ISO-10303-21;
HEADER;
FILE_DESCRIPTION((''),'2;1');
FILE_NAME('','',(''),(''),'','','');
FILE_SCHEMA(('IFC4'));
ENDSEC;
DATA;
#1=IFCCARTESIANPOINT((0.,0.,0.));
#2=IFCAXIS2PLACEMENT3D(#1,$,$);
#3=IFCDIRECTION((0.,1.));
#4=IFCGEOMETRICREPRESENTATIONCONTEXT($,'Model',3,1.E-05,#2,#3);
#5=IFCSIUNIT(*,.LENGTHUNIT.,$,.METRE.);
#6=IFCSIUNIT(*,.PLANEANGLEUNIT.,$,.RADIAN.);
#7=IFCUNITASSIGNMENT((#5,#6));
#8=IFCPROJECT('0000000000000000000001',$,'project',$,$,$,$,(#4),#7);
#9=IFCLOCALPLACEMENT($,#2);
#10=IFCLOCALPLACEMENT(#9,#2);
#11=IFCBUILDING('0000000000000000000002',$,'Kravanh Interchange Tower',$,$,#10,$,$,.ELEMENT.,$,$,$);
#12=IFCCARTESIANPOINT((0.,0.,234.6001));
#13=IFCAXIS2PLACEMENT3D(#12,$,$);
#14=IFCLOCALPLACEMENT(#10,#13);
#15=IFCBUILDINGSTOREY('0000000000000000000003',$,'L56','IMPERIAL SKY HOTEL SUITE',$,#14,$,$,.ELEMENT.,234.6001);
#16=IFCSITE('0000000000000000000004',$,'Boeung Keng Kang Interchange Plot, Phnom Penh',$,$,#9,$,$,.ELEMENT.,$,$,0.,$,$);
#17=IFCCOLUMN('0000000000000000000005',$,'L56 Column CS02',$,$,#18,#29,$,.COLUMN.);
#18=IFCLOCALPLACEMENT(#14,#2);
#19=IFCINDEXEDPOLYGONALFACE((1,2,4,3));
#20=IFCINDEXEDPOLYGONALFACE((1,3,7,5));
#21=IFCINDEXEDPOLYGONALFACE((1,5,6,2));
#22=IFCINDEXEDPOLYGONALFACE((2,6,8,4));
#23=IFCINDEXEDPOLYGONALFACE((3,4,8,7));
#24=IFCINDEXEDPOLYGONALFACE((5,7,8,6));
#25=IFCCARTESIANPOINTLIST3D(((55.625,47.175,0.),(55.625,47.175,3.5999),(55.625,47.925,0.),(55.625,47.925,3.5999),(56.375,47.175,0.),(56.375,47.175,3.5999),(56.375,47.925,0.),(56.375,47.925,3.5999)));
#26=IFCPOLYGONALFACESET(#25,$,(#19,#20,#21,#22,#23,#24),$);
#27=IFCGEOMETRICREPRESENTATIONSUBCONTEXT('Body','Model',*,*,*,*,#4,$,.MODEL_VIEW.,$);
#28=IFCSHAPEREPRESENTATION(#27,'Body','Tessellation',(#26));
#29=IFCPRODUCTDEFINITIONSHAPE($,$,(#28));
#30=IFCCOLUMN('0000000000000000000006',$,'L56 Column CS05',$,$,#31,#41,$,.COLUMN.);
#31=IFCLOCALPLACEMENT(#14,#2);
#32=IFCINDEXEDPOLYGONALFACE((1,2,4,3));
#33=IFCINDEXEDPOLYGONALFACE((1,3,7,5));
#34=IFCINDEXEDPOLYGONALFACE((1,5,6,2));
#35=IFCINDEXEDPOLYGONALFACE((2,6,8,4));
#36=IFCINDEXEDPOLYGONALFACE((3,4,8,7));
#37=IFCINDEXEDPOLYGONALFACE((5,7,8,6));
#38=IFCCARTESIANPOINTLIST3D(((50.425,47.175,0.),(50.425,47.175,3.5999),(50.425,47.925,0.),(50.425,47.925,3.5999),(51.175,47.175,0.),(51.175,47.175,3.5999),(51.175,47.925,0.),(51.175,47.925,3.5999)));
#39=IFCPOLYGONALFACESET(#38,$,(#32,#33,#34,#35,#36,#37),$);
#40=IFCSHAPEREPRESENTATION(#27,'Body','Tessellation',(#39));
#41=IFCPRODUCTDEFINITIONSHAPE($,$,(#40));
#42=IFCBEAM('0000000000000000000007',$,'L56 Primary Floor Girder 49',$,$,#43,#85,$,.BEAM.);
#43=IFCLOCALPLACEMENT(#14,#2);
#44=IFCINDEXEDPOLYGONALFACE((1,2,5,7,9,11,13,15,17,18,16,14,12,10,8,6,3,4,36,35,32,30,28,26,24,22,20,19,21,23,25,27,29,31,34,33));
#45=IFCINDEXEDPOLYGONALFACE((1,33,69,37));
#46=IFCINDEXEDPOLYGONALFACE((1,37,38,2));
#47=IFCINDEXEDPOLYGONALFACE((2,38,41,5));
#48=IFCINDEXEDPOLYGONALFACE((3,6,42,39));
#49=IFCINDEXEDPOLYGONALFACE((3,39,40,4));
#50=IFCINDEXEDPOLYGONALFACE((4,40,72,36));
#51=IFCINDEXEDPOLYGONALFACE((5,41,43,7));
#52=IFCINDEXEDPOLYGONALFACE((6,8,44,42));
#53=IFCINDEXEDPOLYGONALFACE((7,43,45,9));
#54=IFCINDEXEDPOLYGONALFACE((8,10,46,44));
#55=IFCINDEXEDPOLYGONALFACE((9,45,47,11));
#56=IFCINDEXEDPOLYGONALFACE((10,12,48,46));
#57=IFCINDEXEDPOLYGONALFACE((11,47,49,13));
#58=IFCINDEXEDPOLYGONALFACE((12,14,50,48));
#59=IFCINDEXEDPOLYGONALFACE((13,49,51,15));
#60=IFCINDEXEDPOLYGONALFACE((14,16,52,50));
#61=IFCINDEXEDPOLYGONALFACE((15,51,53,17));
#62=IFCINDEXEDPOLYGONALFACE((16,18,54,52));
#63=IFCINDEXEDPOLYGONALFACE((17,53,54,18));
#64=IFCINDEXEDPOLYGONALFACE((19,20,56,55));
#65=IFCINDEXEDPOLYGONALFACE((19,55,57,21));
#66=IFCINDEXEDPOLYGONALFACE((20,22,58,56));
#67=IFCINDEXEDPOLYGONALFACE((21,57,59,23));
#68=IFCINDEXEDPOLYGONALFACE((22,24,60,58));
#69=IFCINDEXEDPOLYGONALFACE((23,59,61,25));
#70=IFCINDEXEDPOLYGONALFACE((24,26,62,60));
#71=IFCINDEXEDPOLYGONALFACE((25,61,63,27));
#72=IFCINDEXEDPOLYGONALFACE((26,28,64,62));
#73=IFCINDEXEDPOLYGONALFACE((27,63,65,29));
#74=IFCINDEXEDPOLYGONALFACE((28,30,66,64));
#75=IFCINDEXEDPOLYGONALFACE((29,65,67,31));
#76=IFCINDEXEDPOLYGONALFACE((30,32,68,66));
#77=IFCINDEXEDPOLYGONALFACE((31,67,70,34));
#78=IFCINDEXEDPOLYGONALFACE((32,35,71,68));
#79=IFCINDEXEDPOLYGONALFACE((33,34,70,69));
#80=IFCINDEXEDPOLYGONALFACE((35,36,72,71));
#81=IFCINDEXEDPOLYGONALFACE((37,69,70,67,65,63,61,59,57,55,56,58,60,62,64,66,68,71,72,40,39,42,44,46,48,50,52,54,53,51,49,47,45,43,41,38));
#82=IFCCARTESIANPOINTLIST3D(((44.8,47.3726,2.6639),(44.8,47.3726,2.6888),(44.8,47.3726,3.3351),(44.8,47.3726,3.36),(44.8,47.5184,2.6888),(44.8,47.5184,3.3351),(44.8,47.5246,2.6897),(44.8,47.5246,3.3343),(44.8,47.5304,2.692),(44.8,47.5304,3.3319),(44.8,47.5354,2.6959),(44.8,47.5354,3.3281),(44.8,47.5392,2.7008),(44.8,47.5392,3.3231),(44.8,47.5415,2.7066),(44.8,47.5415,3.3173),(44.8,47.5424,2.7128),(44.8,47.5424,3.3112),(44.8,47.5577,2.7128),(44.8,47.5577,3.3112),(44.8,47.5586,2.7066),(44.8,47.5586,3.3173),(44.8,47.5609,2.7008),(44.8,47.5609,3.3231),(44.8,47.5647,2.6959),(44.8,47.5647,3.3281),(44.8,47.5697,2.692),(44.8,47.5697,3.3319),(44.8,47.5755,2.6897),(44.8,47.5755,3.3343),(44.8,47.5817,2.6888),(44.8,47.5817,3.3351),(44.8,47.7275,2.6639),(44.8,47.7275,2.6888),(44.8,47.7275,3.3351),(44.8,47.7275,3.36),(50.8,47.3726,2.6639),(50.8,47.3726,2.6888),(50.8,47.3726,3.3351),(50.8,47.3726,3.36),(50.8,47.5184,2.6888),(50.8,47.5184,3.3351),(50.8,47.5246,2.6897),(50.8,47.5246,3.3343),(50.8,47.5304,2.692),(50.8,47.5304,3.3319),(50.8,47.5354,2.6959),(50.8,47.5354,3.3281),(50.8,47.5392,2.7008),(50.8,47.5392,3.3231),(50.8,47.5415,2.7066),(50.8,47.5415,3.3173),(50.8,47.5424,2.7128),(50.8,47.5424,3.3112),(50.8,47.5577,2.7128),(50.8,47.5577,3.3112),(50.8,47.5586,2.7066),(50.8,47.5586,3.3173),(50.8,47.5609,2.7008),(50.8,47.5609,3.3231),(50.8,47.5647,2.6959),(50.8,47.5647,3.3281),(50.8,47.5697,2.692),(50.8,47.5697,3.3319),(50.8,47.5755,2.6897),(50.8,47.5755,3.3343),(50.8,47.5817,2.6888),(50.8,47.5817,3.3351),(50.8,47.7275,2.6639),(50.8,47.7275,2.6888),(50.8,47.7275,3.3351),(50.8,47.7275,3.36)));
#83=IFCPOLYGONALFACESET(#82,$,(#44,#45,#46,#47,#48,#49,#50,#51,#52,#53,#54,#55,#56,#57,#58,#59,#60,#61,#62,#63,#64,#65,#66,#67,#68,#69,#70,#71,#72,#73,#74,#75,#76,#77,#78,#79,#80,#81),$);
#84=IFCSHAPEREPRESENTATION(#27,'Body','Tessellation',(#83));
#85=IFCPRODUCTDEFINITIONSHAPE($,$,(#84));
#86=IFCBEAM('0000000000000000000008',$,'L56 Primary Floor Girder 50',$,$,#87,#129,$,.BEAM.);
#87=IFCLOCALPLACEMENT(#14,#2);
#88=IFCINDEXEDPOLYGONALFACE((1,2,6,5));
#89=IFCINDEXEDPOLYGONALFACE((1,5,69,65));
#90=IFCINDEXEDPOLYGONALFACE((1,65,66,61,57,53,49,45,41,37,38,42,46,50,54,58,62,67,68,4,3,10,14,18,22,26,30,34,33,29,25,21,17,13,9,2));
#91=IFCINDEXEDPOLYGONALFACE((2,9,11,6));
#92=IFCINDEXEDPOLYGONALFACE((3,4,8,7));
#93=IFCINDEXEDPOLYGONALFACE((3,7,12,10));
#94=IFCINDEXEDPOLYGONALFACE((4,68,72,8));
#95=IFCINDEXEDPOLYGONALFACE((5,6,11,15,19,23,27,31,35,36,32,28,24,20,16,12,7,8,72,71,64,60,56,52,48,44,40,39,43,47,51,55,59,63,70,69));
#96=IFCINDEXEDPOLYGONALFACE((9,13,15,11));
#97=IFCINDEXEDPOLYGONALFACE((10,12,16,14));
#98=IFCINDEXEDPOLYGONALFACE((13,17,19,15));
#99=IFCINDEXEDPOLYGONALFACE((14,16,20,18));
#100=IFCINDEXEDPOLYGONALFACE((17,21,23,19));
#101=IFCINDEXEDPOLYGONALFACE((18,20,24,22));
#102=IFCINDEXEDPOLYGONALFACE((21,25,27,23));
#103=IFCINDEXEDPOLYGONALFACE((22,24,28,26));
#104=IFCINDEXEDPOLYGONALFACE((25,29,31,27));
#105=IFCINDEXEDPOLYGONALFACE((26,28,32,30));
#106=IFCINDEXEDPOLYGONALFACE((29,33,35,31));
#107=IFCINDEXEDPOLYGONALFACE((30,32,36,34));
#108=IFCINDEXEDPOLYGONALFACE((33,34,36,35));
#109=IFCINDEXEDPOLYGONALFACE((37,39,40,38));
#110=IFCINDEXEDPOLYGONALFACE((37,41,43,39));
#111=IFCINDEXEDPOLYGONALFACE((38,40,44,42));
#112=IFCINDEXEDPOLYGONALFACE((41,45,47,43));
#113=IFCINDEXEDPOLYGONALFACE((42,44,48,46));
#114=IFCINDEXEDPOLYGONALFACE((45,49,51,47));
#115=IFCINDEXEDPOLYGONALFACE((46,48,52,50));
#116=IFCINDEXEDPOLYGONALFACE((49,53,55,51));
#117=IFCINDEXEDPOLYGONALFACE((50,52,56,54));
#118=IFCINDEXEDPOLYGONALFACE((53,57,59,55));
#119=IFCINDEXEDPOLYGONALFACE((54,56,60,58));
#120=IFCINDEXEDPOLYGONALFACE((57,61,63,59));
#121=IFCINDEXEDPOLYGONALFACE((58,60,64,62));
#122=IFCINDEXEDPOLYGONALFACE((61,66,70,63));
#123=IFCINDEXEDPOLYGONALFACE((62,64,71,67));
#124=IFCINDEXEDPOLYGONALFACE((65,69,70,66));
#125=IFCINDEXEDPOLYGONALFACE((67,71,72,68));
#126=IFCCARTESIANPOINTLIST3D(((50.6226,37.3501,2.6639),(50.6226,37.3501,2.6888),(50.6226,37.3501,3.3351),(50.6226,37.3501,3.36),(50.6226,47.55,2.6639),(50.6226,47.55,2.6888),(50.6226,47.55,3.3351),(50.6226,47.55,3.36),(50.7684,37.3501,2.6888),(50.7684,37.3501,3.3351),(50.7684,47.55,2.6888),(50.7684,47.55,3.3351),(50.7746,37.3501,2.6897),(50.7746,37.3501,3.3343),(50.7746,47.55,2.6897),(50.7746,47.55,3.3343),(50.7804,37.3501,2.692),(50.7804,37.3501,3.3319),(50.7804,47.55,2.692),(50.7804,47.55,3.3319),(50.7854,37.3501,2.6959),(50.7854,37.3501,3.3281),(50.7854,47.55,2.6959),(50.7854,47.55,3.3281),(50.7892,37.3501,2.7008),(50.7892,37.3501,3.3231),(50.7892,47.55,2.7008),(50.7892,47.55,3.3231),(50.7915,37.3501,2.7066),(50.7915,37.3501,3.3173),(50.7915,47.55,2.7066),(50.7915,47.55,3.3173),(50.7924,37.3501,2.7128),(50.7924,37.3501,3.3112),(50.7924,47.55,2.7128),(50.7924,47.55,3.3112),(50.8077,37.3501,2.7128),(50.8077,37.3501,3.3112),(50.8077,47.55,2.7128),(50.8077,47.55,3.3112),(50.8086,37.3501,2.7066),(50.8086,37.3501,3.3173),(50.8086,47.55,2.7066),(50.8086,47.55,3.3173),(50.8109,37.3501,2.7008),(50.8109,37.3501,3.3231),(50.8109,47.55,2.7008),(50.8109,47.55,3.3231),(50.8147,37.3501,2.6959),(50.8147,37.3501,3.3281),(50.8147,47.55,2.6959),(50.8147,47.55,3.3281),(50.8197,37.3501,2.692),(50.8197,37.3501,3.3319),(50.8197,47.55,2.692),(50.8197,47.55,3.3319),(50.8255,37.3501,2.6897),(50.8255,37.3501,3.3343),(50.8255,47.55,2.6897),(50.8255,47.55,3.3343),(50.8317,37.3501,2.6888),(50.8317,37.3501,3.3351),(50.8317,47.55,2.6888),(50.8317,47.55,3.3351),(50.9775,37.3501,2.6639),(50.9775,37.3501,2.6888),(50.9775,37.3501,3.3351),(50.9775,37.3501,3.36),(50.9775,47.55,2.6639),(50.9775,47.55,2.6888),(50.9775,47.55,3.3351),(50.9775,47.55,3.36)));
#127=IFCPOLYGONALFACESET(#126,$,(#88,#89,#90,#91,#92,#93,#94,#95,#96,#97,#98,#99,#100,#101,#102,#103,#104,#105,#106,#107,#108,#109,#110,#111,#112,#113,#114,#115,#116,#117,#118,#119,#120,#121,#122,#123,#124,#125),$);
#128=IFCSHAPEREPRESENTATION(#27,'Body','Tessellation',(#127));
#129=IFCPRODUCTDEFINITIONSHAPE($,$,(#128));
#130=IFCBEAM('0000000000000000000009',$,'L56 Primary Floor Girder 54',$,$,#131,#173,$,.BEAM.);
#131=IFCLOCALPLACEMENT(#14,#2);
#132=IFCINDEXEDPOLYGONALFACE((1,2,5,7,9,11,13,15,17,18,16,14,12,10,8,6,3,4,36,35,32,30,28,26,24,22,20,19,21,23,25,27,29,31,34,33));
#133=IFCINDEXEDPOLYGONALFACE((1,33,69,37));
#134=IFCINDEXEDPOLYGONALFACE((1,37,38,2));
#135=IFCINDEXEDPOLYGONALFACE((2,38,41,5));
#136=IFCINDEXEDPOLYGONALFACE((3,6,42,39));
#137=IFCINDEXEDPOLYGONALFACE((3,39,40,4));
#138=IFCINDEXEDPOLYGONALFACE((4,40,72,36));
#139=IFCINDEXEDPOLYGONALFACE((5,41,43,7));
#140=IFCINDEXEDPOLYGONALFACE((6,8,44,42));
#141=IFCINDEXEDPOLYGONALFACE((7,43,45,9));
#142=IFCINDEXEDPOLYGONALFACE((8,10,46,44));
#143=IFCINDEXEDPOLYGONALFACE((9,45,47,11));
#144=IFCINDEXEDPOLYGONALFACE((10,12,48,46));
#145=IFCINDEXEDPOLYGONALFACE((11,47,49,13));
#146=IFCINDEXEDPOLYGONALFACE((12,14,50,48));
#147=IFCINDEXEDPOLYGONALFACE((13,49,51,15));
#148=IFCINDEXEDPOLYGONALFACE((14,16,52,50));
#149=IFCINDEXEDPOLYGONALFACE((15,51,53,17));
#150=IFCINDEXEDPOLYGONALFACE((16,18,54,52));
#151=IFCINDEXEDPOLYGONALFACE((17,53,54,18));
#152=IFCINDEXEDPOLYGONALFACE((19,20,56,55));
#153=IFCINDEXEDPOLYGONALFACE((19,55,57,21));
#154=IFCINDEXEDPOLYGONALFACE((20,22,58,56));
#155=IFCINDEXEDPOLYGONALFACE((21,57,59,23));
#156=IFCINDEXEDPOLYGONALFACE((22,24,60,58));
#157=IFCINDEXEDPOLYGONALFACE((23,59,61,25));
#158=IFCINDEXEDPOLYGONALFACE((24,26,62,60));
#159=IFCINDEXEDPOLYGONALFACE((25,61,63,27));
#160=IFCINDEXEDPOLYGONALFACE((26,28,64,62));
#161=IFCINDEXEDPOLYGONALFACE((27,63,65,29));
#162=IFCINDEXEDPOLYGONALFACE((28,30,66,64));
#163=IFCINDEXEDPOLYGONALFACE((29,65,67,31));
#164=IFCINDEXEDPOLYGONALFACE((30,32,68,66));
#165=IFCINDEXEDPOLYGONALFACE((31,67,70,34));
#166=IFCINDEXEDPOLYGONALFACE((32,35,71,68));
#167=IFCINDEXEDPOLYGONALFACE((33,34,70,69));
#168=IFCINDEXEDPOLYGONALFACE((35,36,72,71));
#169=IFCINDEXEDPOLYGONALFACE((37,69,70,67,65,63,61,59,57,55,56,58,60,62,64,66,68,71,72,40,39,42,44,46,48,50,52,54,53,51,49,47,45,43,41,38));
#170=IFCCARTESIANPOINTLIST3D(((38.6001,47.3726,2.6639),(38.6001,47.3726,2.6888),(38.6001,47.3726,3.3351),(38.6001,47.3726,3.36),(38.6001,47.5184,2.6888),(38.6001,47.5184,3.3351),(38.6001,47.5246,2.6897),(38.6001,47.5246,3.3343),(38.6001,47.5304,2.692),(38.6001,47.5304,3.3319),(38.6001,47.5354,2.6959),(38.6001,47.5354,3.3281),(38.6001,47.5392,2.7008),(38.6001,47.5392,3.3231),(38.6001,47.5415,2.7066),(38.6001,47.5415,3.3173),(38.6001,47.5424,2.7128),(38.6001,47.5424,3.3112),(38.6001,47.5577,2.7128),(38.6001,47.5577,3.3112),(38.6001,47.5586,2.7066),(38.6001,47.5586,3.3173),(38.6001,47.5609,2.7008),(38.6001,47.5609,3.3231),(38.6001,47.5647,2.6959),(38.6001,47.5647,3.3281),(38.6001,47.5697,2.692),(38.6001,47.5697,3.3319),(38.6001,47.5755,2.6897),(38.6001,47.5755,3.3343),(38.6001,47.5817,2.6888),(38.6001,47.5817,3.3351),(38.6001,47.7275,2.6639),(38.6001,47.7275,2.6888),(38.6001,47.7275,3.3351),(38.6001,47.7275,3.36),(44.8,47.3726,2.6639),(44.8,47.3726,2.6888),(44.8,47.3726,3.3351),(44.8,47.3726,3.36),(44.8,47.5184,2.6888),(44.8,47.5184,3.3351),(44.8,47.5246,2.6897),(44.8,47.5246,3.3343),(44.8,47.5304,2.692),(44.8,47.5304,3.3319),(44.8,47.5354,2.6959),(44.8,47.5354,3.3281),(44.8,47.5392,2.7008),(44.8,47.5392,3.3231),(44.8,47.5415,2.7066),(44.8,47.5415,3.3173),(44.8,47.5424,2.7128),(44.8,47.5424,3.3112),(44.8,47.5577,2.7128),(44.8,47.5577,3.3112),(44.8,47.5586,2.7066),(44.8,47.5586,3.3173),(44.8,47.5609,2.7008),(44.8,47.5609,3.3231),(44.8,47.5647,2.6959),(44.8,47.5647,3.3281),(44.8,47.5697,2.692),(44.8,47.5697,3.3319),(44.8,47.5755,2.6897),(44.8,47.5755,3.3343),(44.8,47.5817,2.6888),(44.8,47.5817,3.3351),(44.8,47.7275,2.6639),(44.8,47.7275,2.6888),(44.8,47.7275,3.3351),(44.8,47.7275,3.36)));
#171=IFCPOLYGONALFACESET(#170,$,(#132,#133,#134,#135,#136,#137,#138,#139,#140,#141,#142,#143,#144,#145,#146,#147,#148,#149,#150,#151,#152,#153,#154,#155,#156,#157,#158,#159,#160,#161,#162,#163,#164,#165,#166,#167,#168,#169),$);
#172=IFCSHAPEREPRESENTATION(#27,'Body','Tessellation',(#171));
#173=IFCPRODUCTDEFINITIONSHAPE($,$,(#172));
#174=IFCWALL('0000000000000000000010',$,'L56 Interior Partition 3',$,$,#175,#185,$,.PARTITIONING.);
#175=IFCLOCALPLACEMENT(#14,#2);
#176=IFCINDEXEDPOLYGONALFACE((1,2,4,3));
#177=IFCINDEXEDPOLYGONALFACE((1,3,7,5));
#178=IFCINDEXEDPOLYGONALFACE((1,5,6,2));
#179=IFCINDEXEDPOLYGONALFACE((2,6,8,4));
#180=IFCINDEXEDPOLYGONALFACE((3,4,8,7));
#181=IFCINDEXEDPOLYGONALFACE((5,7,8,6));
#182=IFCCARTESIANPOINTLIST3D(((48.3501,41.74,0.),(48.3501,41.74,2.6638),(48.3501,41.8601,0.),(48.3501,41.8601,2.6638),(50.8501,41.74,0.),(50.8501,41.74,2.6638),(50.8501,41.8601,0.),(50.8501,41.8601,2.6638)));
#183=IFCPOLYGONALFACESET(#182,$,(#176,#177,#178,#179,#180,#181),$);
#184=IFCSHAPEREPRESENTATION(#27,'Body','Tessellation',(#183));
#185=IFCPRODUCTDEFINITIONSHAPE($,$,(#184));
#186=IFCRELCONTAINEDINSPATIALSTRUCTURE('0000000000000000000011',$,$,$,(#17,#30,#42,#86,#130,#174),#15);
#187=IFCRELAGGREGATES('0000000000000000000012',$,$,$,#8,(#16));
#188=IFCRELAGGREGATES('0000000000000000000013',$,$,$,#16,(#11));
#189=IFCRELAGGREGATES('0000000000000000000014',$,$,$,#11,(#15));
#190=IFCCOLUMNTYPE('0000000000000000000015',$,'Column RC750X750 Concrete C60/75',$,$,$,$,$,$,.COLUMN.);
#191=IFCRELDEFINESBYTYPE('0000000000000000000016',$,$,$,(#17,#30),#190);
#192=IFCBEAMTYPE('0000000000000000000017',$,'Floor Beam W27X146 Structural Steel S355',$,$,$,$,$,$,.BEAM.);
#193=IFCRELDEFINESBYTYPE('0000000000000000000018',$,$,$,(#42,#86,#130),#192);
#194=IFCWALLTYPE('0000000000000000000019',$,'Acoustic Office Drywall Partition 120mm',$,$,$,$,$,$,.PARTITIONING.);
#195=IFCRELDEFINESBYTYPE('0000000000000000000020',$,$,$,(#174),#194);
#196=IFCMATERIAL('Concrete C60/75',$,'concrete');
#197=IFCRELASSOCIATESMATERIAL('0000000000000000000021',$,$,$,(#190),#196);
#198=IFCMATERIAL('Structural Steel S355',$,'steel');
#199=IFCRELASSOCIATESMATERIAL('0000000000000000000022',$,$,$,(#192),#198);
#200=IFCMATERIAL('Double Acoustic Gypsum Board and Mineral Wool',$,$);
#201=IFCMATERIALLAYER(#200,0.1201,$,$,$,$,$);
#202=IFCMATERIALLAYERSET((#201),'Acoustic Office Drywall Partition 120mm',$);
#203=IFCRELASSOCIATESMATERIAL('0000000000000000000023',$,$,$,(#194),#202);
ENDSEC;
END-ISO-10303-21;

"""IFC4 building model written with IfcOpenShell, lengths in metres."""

from ifc_helpers import new_model, si_unit, direction, frame, frame_2d, origin, origin_2d, place, context, subcontext, project, spatial, rectangle, i_section, extrude, material, layer, layer_set, material_profile, profile_set, type_object, element, save


model = new_model("IFC4")

# Units and contexts
model_context = context("Model", 3, precision=1e-05, world=origin(), true_north=direction((0.0, 1.0)))
body_context = subcontext(model_context, "Body", "Model", "MODEL_VIEW")
ifc_project = project(units=[si_unit("LENGTHUNIT", "METRE"), si_unit("PLANEANGLEUNIT", "RADIAN")], contexts=[model_context])

# Site, building, storey
site_placement = place(None, origin())
site = spatial("IfcSite", under=ifc_project, at=site_placement, Name="Boeung Keng Kang Interchange Plot, Phnom Penh", CompositionType="ELEMENT", RefElevation=0.0)
building_placement = place(site_placement, origin())
building = spatial("IfcBuilding", under=site, at=building_placement, Name="Kravanh Interchange Tower", CompositionType="ELEMENT")
storey_placement = place(building_placement, frame((0.0, 0.0, 234.6001)))
storey = spatial("IfcBuildingStorey", under=building, at=storey_placement, Name="L56", Description="IMPERIAL SKY HOTEL SUITE", CompositionType="ELEMENT", Elevation=234.6001)

# Columns
ifc_material_1 = material(Name="Concrete C60/75", Category="concrete")
ifc_material_profile_1 = material_profile(ifc_material_1, rectangle(XDim=0.75, YDim=0.75, at=origin_2d()), Name="RC750X750")
ifc_profile_set_1 = profile_set([ifc_material_profile_1], Name="Concrete C60/75")
column_type = type_object("IfcColumnType", Name="Column RC750X750 Concrete C60/75", PredefinedType="COLUMN", material=ifc_profile_set_1)
for number, where, z_axis, x_axis, name in (
    (1, (56.0, 47.55, 0.0), (0.0, 0.0, 1.0), (1.0, 0.0, 0.0), "L56 Column CS02"),
    (2, (50.8, 47.55, 0.0), (0.0, 0.0, 1.0), (1.0, 0.0, 0.0), "L56 Column CS05"),
):
    element("IfcColumn", number, at=place(storey_placement, frame(where, z_axis=z_axis, x_axis=x_axis)), inside=storey, type_object=column_type, Name=name, PredefinedType="COLUMN", context=body_context, shape_type="SweptSolid", body=[
        extrude(rectangle(XDim=0.75, YDim=0.75, at=origin_2d()), origin(), (0.0, 0.0, 1.0), 3.5999),
    ])

# Beams
ifc_material_2 = material(Name="Structural Steel S355", Category="steel")
ifc_material_profile_2 = material_profile(ifc_material_2, i_section(OverallWidth=0.355, OverallDepth=0.696, WebThickness=0.0154, FlangeThickness=0.0249, FilletRadius=0.0239, at=origin_2d()), Name="W27X146")
ifc_profile_set_2 = profile_set([ifc_material_profile_2], Name="Structural Steel S355")
beam_type = type_object("IfcBeamType", Name="Floor Beam W27X146 Structural Steel S355", PredefinedType="BEAM", material=ifc_profile_set_2)
beam_1_placement = place(storey_placement, frame((50.8, 47.55, 3.012), z_axis=(-1.0, 0.0, 0.0), x_axis=(0.0, -1.0, 0.0)))
element("IfcBeam", 3, at=beam_1_placement, inside=storey, type_object=beam_type, Name="L56 Primary Floor Girder 49", PredefinedType="BEAM", context=body_context, shape_type="SweptSolid", body=[
    extrude(i_section(OverallWidth=0.355, OverallDepth=0.696, WebThickness=0.0154, FlangeThickness=0.0249, FilletRadius=0.0239, at=origin_2d()), origin(), (0.0, 0.0, 1.0), 6.0),
])
beam_2_placement = place(storey_placement, frame((50.8, 47.55, 3.012), z_axis=(0.0, -1.0, 0.0), x_axis=(1.0, 0.0, 0.0)))
element("IfcBeam", 4, at=beam_2_placement, inside=storey, type_object=beam_type, Name="L56 Primary Floor Girder 50", PredefinedType="BEAM", context=body_context, shape_type="SweptSolid", body=[
    extrude(i_section(OverallWidth=0.355, OverallDepth=0.696, WebThickness=0.0154, FlangeThickness=0.0249, FilletRadius=0.0239, at=origin_2d()), origin(), (0.0, 0.0, 1.0), 10.2),
])
beam_3_placement = place(storey_placement, frame((44.8, 47.55, 3.012), z_axis=(-1.0, 0.0, 0.0), x_axis=(0.0, -1.0, 0.0)))
element("IfcBeam", 5, at=beam_3_placement, inside=storey, type_object=beam_type, Name="L56 Primary Floor Girder 54", PredefinedType="BEAM", context=body_context, shape_type="SweptSolid", body=[
    extrude(i_section(OverallWidth=0.355, OverallDepth=0.696, WebThickness=0.0154, FlangeThickness=0.0249, FilletRadius=0.0239, at=origin_2d()), origin(), (0.0, 0.0, 1.0), 6.2),
])

# Wall
ifc_material_3 = material(Name="Double Acoustic Gypsum Board and Mineral Wool")
ifc_layer_1 = layer(ifc_material_3, 0.1201)
ifc_layer_set_1 = layer_set([ifc_layer_1], Name="Acoustic Office Drywall Partition 120mm")
wall_type_1 = type_object("IfcWallType", Name="Acoustic Office Drywall Partition 120mm", PredefinedType="PARTITIONING", material=ifc_layer_set_1)
wall_1_placement = place(storey_placement, frame((48.3501, 41.8, 0.0), z_axis=(0.0, 0.0, 1.0), x_axis=(1.0, 0.0, 0.0)))
element("IfcWall", 6, at=wall_1_placement, inside=storey, type_object=wall_type_1, Name="L56 Interior Partition 3", PredefinedType="PARTITIONING", context=body_context, shape_type="SweptSolid", body=[
    extrude(rectangle(XDim=2.5, YDim=0.1201, at=frame_2d((1.25, 0.0))), origin(), (0.0, 0.0, 1.0), 2.6638),
])

save(model, "model.ifc")
